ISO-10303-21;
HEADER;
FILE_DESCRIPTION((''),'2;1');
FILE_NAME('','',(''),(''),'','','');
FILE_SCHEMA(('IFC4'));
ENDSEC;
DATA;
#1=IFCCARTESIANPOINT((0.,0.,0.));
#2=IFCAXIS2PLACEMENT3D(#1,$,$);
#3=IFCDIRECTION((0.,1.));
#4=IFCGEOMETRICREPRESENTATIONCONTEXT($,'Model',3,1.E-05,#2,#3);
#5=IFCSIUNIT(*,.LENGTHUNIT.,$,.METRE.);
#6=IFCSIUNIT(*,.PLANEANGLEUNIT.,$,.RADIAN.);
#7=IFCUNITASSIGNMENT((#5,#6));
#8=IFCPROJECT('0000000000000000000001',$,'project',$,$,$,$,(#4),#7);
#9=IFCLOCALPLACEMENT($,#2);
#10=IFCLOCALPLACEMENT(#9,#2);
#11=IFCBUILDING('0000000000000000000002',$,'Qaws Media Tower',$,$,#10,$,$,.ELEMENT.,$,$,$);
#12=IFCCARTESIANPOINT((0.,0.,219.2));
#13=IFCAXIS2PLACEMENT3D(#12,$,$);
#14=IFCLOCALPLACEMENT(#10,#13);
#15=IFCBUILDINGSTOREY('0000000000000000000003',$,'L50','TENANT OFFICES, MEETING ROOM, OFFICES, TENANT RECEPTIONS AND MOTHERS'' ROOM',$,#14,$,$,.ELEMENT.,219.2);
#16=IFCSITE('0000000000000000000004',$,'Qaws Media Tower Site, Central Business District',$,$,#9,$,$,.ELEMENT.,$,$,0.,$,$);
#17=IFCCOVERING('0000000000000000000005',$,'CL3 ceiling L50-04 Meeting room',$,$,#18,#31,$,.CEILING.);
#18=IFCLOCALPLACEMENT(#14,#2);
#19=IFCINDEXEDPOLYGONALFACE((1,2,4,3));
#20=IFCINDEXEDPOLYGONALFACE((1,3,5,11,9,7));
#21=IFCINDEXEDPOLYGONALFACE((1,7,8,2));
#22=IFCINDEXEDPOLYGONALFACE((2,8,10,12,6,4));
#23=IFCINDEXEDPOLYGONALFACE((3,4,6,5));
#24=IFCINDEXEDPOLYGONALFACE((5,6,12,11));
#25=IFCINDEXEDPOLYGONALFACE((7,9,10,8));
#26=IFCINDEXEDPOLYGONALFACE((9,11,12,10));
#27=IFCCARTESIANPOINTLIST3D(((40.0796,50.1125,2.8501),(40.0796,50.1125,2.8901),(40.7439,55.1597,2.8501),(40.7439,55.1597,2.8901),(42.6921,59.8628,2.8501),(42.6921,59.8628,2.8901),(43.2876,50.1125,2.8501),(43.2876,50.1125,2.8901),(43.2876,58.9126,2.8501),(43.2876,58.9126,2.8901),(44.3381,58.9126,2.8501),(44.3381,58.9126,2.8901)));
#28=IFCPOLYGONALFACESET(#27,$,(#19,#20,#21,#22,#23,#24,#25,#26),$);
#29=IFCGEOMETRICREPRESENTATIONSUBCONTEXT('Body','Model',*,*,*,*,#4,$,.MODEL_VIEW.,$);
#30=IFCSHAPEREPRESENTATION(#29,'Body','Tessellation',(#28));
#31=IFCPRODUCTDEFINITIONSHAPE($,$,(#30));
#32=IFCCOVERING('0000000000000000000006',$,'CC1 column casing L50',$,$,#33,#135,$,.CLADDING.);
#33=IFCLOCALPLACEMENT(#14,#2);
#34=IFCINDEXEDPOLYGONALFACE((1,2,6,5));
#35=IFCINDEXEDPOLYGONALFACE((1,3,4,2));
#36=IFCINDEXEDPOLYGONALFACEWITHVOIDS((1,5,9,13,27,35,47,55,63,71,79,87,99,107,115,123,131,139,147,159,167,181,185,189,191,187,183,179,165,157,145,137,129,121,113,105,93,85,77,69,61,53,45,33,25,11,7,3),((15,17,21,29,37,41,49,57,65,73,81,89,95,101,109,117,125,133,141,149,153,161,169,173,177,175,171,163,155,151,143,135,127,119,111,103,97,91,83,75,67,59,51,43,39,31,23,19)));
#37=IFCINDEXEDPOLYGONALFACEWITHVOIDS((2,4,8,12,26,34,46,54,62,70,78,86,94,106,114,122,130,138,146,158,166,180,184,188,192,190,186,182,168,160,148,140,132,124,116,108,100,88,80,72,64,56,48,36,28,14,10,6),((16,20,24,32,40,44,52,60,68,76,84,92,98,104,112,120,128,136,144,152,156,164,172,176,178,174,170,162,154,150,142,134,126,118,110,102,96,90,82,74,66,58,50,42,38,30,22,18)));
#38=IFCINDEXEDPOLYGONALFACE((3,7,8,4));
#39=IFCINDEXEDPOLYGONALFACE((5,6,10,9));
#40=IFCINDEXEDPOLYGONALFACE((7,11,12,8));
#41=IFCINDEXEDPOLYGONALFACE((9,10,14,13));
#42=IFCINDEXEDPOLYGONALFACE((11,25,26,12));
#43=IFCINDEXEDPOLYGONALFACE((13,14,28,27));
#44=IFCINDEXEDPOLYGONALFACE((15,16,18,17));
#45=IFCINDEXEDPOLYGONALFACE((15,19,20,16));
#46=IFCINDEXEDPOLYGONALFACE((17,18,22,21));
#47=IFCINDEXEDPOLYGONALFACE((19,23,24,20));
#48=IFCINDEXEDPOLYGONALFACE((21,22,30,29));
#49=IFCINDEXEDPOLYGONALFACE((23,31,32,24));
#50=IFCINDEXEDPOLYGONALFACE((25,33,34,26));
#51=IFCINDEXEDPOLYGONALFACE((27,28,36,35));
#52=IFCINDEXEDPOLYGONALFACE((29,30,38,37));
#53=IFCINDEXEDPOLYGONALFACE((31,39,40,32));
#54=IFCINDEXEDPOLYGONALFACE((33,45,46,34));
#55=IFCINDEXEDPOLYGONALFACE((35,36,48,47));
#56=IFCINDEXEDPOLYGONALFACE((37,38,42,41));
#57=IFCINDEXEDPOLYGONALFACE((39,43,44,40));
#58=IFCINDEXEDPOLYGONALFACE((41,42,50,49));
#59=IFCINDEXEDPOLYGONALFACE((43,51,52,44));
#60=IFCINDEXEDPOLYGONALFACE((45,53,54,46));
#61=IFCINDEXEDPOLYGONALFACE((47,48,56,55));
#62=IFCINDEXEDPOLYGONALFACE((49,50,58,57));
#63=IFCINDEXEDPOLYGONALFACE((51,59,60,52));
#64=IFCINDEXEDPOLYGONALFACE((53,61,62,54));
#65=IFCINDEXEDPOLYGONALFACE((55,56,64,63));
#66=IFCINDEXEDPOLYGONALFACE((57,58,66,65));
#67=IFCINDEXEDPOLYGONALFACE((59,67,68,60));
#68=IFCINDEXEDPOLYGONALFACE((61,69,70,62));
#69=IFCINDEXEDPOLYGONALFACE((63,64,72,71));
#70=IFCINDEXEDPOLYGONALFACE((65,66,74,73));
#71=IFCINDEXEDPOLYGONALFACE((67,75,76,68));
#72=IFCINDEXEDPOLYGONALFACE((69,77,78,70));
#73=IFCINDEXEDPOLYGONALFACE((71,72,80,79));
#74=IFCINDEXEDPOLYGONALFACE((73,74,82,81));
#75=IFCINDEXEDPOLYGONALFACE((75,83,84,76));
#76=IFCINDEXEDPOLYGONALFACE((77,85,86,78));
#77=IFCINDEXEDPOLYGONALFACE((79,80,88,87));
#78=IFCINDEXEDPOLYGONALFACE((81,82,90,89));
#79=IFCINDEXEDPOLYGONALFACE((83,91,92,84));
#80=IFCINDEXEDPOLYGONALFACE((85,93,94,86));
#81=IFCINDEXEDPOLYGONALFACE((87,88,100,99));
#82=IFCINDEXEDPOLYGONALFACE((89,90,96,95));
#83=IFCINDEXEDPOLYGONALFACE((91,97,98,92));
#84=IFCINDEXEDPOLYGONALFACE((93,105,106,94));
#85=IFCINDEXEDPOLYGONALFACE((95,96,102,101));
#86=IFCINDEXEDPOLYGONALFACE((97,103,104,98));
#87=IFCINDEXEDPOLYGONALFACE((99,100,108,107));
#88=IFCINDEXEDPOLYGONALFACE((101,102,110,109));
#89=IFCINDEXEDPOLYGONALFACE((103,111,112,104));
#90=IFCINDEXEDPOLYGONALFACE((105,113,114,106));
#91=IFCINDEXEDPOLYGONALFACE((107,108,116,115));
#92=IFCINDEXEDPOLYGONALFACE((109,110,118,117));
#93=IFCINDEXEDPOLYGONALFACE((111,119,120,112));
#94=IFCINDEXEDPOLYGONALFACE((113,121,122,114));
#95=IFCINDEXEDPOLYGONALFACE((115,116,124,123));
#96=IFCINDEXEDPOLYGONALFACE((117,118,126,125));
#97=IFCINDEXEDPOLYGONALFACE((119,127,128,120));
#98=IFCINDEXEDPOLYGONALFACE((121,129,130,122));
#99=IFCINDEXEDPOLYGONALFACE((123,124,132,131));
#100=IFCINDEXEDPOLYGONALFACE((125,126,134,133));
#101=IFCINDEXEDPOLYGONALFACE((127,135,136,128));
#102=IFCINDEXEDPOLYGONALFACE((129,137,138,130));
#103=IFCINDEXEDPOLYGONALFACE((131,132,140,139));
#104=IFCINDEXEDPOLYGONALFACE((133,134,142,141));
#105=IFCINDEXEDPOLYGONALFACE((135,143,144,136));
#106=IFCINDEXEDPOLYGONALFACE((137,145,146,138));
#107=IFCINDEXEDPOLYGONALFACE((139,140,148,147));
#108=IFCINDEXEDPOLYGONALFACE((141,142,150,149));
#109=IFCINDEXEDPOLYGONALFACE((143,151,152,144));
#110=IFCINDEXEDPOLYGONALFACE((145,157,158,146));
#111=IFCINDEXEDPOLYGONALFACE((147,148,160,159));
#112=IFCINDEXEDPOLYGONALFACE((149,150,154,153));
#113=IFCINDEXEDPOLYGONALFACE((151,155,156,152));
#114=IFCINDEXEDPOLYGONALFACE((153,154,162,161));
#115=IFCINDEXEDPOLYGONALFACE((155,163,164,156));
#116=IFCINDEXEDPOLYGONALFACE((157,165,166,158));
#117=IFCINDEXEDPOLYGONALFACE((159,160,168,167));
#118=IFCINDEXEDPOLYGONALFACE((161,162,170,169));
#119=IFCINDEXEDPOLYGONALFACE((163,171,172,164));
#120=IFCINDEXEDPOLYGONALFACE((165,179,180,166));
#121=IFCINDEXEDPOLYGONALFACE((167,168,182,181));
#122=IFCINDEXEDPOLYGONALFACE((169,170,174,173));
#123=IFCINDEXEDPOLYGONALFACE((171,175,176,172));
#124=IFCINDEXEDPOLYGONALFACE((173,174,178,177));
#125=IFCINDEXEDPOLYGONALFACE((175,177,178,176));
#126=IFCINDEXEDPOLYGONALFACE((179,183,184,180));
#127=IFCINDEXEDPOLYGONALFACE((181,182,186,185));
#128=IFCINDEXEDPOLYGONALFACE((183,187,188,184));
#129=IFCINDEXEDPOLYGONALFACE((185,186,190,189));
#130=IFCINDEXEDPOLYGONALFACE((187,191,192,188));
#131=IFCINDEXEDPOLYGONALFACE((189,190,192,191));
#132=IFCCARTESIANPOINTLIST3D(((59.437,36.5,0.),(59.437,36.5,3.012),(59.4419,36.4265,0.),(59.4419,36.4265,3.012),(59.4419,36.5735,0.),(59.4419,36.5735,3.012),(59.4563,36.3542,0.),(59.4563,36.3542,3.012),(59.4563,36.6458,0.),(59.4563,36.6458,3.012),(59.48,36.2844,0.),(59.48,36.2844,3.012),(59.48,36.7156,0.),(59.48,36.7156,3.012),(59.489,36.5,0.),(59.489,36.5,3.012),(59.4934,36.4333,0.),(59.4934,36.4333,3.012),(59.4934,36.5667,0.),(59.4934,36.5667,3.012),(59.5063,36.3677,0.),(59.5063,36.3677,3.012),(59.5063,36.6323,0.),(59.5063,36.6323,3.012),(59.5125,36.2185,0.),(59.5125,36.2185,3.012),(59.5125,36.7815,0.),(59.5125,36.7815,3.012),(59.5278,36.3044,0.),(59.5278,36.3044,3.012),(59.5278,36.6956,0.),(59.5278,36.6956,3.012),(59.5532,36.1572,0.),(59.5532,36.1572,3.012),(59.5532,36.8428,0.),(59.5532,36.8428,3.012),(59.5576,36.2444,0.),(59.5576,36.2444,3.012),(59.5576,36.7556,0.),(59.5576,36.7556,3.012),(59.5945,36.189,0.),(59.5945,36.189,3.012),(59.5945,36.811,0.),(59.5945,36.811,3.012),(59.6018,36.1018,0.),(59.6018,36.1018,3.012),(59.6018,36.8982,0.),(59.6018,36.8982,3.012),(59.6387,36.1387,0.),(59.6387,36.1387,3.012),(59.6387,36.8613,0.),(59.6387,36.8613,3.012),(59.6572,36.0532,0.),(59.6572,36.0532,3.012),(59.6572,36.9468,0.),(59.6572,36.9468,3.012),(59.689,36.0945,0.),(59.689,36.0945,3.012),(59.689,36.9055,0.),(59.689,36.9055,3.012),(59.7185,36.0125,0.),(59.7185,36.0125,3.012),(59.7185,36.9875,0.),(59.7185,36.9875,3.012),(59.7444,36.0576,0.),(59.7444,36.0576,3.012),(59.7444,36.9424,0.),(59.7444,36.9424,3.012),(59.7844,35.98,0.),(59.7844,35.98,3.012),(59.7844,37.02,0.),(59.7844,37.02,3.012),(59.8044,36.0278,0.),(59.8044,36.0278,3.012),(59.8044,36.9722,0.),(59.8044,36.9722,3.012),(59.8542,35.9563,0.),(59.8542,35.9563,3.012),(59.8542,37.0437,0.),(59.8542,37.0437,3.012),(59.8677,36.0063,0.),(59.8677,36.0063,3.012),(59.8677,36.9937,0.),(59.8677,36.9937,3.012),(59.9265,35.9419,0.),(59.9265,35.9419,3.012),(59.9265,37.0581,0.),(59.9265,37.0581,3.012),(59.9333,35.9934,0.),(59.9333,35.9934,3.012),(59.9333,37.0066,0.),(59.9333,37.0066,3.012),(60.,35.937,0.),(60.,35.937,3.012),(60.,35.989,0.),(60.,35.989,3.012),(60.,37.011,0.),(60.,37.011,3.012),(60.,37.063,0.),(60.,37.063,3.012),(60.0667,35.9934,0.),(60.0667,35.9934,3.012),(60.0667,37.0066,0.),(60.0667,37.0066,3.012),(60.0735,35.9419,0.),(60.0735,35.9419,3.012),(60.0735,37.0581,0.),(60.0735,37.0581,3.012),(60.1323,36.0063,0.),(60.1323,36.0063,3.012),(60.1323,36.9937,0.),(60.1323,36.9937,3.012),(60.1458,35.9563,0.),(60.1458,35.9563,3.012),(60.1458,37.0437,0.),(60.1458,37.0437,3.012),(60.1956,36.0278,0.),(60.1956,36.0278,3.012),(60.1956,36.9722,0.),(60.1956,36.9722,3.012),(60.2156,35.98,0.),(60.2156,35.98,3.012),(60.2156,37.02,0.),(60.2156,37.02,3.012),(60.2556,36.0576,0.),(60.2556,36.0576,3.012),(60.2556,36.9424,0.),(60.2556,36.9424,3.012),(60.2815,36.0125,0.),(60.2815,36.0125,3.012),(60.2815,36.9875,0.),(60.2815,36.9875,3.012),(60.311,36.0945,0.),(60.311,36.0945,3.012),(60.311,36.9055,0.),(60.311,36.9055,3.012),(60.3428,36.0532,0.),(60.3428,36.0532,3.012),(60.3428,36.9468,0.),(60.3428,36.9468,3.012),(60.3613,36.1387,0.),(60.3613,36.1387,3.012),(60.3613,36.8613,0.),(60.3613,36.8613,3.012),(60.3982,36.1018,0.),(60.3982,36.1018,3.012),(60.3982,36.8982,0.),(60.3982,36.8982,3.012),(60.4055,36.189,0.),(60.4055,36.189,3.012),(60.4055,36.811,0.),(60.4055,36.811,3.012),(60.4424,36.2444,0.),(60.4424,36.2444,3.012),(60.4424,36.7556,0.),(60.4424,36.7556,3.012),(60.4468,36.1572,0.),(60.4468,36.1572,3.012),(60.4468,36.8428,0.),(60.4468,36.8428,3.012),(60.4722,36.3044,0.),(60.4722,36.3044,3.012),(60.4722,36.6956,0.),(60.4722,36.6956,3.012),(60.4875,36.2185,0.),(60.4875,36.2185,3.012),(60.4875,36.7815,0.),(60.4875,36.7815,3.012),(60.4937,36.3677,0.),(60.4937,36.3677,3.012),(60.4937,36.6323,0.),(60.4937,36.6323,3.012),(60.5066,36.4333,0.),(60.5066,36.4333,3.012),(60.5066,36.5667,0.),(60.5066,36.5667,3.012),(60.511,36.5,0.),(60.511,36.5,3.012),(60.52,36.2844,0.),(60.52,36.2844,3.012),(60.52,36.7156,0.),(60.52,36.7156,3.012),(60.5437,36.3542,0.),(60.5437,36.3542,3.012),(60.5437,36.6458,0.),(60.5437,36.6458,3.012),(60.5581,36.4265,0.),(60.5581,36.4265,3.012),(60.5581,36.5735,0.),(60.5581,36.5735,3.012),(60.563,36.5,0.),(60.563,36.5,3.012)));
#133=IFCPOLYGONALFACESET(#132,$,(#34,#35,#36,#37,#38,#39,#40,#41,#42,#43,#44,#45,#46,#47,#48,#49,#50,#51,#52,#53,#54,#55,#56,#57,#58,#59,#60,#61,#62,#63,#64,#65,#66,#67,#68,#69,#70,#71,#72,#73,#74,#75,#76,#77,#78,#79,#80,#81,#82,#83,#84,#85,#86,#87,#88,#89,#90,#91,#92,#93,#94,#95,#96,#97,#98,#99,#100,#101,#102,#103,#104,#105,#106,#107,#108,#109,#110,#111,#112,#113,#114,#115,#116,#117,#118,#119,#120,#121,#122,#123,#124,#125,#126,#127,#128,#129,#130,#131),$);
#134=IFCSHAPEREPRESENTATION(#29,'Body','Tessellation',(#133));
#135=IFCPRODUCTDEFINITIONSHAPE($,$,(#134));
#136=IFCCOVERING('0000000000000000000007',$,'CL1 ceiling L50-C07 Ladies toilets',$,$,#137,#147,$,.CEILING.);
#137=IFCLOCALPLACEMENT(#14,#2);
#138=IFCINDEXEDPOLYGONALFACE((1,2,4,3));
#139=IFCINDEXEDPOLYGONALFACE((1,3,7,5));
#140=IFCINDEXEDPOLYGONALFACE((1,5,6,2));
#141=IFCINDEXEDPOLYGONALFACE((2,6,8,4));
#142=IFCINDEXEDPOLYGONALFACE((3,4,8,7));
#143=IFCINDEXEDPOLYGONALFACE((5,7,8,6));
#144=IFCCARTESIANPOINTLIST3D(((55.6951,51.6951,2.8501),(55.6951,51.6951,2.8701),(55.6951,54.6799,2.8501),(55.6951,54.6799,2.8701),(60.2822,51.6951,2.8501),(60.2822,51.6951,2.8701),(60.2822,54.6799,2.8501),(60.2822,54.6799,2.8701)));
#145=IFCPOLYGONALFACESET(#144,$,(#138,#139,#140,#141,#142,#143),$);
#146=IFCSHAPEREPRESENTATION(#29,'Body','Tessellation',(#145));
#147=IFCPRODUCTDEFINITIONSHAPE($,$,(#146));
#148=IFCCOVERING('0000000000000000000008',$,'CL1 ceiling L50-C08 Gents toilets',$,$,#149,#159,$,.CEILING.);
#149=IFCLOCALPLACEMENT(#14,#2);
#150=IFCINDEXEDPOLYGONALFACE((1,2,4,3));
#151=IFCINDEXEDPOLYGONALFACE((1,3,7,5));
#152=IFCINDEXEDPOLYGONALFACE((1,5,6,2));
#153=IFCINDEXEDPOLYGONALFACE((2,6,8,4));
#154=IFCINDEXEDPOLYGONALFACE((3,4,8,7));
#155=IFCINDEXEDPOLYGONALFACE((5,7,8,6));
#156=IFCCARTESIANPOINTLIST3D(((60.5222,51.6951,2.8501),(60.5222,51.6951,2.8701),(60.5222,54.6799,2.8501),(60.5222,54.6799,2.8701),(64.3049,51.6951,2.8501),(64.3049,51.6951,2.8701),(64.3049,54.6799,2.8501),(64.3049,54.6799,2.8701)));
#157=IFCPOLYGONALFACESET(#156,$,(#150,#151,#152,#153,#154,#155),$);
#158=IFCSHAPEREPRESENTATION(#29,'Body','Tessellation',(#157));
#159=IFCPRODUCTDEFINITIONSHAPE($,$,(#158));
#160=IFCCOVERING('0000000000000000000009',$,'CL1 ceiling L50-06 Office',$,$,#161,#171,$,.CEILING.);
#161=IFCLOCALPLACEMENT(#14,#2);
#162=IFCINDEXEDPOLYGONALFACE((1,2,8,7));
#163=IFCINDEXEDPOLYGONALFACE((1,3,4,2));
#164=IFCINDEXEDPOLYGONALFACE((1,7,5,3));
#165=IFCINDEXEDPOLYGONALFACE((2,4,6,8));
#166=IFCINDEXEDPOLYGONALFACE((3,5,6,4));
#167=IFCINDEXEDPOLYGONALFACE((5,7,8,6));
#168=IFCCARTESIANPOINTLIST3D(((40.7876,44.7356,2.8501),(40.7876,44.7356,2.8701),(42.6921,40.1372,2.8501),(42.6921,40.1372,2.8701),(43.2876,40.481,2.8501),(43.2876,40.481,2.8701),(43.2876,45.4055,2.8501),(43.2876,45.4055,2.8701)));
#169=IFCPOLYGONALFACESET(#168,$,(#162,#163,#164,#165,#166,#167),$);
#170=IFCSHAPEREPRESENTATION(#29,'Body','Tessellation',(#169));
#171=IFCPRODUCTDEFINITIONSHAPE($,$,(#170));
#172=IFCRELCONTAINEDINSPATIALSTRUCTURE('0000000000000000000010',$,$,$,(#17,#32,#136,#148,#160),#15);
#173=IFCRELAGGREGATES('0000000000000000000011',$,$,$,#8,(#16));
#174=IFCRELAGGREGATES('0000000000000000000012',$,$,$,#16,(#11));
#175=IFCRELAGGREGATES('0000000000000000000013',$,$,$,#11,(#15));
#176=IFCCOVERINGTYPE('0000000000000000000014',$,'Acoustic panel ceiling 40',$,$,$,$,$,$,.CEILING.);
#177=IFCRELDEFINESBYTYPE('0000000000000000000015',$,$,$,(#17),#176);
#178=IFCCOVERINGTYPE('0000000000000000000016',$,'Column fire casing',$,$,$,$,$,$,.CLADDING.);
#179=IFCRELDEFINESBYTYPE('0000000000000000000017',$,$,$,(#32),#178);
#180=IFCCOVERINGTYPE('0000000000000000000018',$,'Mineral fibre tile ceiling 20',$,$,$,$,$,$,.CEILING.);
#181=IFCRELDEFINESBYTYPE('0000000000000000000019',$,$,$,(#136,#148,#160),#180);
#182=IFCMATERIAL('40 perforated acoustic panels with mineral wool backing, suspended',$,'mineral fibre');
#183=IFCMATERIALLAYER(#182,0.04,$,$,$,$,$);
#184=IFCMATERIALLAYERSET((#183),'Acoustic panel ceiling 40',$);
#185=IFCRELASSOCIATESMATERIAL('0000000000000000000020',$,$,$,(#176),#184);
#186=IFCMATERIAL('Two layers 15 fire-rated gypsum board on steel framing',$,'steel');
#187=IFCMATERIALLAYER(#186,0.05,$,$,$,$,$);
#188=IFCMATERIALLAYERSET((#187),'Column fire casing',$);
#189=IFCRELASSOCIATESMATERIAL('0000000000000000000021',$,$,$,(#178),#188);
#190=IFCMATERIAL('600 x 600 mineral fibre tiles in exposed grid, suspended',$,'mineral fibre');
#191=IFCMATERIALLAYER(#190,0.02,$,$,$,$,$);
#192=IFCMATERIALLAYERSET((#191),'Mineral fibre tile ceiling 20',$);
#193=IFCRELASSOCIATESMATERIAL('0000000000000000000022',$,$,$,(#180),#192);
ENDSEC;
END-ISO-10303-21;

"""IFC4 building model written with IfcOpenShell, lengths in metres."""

from ifc_helpers import new_model, si_unit, direction, frame, origin, place, context, subcontext, project, spatial, polyline, outline, extrude, material, layer, layer_set, type_object, element, save


model = new_model("IFC4")

# Units and contexts
model_context = context("Model", 3, precision=1e-05, world=origin(), true_north=direction((0.0, 1.0)))
body_context = subcontext(model_context, "Body", "Model", "MODEL_VIEW")
ifc_project = project(units=[si_unit("LENGTHUNIT", "METRE"), si_unit("PLANEANGLEUNIT", "RADIAN")], contexts=[model_context])

# Site, building, storey
site_placement = place(None, origin())
site = spatial("IfcSite", under=ifc_project, at=site_placement, Name="Qaws Media Tower Site, Central Business District", CompositionType="ELEMENT", RefElevation=0.0)
building_placement = place(site_placement, origin())
building = spatial("IfcBuilding", under=site, at=building_placement, Name="Qaws Media Tower", CompositionType="ELEMENT")
storey_placement = place(building_placement, frame((0.0, 0.0, 219.2)))
storey = spatial("IfcBuildingStorey", under=building, at=storey_placement, Name="L50", Description="TENANT OFFICES, MEETING ROOM, OFFICES, TENANT RECEPTIONS AND MOTHERS' ROOM", CompositionType="ELEMENT", Elevation=219.2)

# Coverings
ifc_material_1 = material(Name="40 perforated acoustic panels with mineral wool backing, suspended", Category="mineral fibre")
ifc_layer_1 = layer(ifc_material_1, 0.04)
ifc_layer_set_1 = layer_set([ifc_layer_1], Name="Acoustic panel ceiling 40")
covering_type_1 = type_object("IfcCoveringType", Name="Acoustic panel ceiling 40", PredefinedType="CEILING", material=ifc_layer_set_1)
covering_1_placement = place(storey_placement, frame((0.0, 0.0, 2.8501)))
element("IfcCovering", 1, at=covering_1_placement, inside=storey, type_object=covering_type_1, Name="CL3 ceiling L50-04 Meeting room", PredefinedType="CEILING", context=body_context, shape_type="SweptSolid", body=[
    extrude(outline(polyline([(40.7439, 55.1597), (42.6921, 59.8628), (44.3381, 58.9126), (43.2876, 58.9126), (43.2876, 50.1125), (40.0796, 50.1125), (40.7439, 55.1597)])), origin(), (0.0, 0.0, 1.0), 0.04),
])
ifc_material_2 = material(Name="Two layers 15 fire-rated gypsum board on steel framing", Category="steel")
ifc_layer_2 = layer(ifc_material_2, 0.05)
ifc_layer_set_2 = layer_set([ifc_layer_2], Name="Column fire casing")
covering_type_2 = type_object("IfcCoveringType", Name="Column fire casing", PredefinedType="CLADDING", material=ifc_layer_set_2)
covering_2_placement = place(storey_placement, origin())
element("IfcCovering", 2, at=covering_2_placement, inside=storey, type_object=covering_type_2, Name="CC1 column casing L50", PredefinedType="CLADDING", context=body_context, shape_type="SweptSolid", body=[
    extrude(outline(polyline([(60.563, 36.5), (60.5581, 36.4265), (60.5437, 36.3542), (60.52, 36.2844), (60.4875, 36.2185), (60.4468, 36.1572), (60.3982, 36.1018), (60.3428, 36.0532), (60.2815, 36.0125), (60.2156, 35.98), (60.1458, 35.9563), (60.0735, 35.9419), (60.0, 35.937), (59.9265, 35.9419), (59.8542, 35.9563), (59.7844, 35.98), (59.7185, 36.0125), (59.6572, 36.0532), (59.6018, 36.1018), (59.5532, 36.1572), (59.5125, 36.2185), (59.48, 36.2844), (59.4563, 36.3542), (59.4419, 36.4265), (59.437, 36.5), (59.4419, 36.5735), (59.4563, 36.6458), (59.48, 36.7156), (59.5125, 36.7815), (59.5532, 36.8428), (59.6018, 36.8982), (59.6572, 36.9468), (59.7185, 36.9875), (59.7844, 37.02), (59.8542, 37.0437), (59.9265, 37.0581), (60.0, 37.063), (60.0735, 37.0581), (60.1458, 37.0437), (60.2156, 37.02), (60.2815, 36.9875), (60.3428, 36.9468), (60.3982, 36.8982), (60.4468, 36.8428), (60.4875, 36.7815), (60.52, 36.7156), (60.5437, 36.6458), (60.5581, 36.5735), (60.563, 36.5)]), holes=[polyline([(60.511, 36.5), (60.5066, 36.4333), (60.4937, 36.3677), (60.4722, 36.3044), (60.4424, 36.2444), (60.4055, 36.189), (60.3613, 36.1387), (60.311, 36.0945), (60.2556, 36.0576), (60.1956, 36.0278), (60.1323, 36.0063), (60.0667, 35.9934), (60.0, 35.989), (59.9333, 35.9934), (59.8677, 36.0063), (59.8044, 36.0278), (59.7444, 36.0576), (59.689, 36.0945), (59.6387, 36.1387), (59.5945, 36.189), (59.5576, 36.2444), (59.5278, 36.3044), (59.5063, 36.3677), (59.4934, 36.4333), (59.489, 36.5), (59.4934, 36.5667), (59.5063, 36.6323), (59.5278, 36.6956), (59.5576, 36.7556), (59.5945, 36.811), (59.6387, 36.8613), (59.689, 36.9055), (59.7444, 36.9424), (59.8044, 36.9722), (59.8677, 36.9937), (59.9333, 37.0066), (60.0, 37.011), (60.0667, 37.0066), (60.1323, 36.9937), (60.1956, 36.9722), (60.2556, 36.9424), (60.311, 36.9055), (60.3613, 36.8613), (60.4055, 36.811), (60.4424, 36.7556), (60.4722, 36.6956), (60.4937, 36.6323), (60.5066, 36.5667), (60.511, 36.5)])]), origin(), (0.0, 0.0, 1.0), 3.012),
])
ifc_material_3 = material(Name="600 x 600 mineral fibre tiles in exposed grid, suspended", Category="mineral fibre")
ifc_layer_3 = layer(ifc_material_3, 0.02)
ifc_layer_set_3 = layer_set([ifc_layer_3], Name="Mineral fibre tile ceiling 20")
covering_type_3 = type_object("IfcCoveringType", Name="Mineral fibre tile ceiling 20", PredefinedType="CEILING", material=ifc_layer_set_3)
covering_3_placement = place(storey_placement, frame((0.0, 0.0, 2.8501)))
element("IfcCovering", 3, at=covering_3_placement, inside=storey, type_object=covering_type_3, Name="CL1 ceiling L50-C07 Ladies toilets", PredefinedType="CEILING", context=body_context, shape_type="SweptSolid", body=[
    extrude(outline(polyline([(55.6951, 51.6951), (55.6951, 54.6799), (60.2822, 54.6799), (60.2822, 51.6951), (55.6951, 51.6951)])), origin(), (0.0, 0.0, 1.0), 0.02),
])
covering_4_placement = place(storey_placement, frame((0.0, 0.0, 2.8501)))
element("IfcCovering", 4, at=covering_4_placement, inside=storey, type_object=covering_type_3, Name="CL1 ceiling L50-C08 Gents toilets", PredefinedType="CEILING", context=body_context, shape_type="SweptSolid", body=[
    extrude(outline(polyline([(60.5222, 51.6951), (60.5222, 54.6799), (64.3049, 54.6799), (64.3049, 51.6951), (60.5222, 51.6951)])), origin(), (0.0, 0.0, 1.0), 0.02),
])
covering_5_placement = place(storey_placement, frame((0.0, 0.0, 2.8501)))
element("IfcCovering", 5, at=covering_5_placement, inside=storey, type_object=covering_type_3, Name="CL1 ceiling L50-06 Office", PredefinedType="CEILING", context=body_context, shape_type="SweptSolid", body=[
    extrude(outline(polyline([(40.7876, 44.7356), (43.2876, 45.4055), (43.2876, 40.481), (42.6921, 40.1372), (40.7876, 44.7356)])), origin(), (0.0, 0.0, 1.0), 0.02),
])

save(model, "model.ifc")
